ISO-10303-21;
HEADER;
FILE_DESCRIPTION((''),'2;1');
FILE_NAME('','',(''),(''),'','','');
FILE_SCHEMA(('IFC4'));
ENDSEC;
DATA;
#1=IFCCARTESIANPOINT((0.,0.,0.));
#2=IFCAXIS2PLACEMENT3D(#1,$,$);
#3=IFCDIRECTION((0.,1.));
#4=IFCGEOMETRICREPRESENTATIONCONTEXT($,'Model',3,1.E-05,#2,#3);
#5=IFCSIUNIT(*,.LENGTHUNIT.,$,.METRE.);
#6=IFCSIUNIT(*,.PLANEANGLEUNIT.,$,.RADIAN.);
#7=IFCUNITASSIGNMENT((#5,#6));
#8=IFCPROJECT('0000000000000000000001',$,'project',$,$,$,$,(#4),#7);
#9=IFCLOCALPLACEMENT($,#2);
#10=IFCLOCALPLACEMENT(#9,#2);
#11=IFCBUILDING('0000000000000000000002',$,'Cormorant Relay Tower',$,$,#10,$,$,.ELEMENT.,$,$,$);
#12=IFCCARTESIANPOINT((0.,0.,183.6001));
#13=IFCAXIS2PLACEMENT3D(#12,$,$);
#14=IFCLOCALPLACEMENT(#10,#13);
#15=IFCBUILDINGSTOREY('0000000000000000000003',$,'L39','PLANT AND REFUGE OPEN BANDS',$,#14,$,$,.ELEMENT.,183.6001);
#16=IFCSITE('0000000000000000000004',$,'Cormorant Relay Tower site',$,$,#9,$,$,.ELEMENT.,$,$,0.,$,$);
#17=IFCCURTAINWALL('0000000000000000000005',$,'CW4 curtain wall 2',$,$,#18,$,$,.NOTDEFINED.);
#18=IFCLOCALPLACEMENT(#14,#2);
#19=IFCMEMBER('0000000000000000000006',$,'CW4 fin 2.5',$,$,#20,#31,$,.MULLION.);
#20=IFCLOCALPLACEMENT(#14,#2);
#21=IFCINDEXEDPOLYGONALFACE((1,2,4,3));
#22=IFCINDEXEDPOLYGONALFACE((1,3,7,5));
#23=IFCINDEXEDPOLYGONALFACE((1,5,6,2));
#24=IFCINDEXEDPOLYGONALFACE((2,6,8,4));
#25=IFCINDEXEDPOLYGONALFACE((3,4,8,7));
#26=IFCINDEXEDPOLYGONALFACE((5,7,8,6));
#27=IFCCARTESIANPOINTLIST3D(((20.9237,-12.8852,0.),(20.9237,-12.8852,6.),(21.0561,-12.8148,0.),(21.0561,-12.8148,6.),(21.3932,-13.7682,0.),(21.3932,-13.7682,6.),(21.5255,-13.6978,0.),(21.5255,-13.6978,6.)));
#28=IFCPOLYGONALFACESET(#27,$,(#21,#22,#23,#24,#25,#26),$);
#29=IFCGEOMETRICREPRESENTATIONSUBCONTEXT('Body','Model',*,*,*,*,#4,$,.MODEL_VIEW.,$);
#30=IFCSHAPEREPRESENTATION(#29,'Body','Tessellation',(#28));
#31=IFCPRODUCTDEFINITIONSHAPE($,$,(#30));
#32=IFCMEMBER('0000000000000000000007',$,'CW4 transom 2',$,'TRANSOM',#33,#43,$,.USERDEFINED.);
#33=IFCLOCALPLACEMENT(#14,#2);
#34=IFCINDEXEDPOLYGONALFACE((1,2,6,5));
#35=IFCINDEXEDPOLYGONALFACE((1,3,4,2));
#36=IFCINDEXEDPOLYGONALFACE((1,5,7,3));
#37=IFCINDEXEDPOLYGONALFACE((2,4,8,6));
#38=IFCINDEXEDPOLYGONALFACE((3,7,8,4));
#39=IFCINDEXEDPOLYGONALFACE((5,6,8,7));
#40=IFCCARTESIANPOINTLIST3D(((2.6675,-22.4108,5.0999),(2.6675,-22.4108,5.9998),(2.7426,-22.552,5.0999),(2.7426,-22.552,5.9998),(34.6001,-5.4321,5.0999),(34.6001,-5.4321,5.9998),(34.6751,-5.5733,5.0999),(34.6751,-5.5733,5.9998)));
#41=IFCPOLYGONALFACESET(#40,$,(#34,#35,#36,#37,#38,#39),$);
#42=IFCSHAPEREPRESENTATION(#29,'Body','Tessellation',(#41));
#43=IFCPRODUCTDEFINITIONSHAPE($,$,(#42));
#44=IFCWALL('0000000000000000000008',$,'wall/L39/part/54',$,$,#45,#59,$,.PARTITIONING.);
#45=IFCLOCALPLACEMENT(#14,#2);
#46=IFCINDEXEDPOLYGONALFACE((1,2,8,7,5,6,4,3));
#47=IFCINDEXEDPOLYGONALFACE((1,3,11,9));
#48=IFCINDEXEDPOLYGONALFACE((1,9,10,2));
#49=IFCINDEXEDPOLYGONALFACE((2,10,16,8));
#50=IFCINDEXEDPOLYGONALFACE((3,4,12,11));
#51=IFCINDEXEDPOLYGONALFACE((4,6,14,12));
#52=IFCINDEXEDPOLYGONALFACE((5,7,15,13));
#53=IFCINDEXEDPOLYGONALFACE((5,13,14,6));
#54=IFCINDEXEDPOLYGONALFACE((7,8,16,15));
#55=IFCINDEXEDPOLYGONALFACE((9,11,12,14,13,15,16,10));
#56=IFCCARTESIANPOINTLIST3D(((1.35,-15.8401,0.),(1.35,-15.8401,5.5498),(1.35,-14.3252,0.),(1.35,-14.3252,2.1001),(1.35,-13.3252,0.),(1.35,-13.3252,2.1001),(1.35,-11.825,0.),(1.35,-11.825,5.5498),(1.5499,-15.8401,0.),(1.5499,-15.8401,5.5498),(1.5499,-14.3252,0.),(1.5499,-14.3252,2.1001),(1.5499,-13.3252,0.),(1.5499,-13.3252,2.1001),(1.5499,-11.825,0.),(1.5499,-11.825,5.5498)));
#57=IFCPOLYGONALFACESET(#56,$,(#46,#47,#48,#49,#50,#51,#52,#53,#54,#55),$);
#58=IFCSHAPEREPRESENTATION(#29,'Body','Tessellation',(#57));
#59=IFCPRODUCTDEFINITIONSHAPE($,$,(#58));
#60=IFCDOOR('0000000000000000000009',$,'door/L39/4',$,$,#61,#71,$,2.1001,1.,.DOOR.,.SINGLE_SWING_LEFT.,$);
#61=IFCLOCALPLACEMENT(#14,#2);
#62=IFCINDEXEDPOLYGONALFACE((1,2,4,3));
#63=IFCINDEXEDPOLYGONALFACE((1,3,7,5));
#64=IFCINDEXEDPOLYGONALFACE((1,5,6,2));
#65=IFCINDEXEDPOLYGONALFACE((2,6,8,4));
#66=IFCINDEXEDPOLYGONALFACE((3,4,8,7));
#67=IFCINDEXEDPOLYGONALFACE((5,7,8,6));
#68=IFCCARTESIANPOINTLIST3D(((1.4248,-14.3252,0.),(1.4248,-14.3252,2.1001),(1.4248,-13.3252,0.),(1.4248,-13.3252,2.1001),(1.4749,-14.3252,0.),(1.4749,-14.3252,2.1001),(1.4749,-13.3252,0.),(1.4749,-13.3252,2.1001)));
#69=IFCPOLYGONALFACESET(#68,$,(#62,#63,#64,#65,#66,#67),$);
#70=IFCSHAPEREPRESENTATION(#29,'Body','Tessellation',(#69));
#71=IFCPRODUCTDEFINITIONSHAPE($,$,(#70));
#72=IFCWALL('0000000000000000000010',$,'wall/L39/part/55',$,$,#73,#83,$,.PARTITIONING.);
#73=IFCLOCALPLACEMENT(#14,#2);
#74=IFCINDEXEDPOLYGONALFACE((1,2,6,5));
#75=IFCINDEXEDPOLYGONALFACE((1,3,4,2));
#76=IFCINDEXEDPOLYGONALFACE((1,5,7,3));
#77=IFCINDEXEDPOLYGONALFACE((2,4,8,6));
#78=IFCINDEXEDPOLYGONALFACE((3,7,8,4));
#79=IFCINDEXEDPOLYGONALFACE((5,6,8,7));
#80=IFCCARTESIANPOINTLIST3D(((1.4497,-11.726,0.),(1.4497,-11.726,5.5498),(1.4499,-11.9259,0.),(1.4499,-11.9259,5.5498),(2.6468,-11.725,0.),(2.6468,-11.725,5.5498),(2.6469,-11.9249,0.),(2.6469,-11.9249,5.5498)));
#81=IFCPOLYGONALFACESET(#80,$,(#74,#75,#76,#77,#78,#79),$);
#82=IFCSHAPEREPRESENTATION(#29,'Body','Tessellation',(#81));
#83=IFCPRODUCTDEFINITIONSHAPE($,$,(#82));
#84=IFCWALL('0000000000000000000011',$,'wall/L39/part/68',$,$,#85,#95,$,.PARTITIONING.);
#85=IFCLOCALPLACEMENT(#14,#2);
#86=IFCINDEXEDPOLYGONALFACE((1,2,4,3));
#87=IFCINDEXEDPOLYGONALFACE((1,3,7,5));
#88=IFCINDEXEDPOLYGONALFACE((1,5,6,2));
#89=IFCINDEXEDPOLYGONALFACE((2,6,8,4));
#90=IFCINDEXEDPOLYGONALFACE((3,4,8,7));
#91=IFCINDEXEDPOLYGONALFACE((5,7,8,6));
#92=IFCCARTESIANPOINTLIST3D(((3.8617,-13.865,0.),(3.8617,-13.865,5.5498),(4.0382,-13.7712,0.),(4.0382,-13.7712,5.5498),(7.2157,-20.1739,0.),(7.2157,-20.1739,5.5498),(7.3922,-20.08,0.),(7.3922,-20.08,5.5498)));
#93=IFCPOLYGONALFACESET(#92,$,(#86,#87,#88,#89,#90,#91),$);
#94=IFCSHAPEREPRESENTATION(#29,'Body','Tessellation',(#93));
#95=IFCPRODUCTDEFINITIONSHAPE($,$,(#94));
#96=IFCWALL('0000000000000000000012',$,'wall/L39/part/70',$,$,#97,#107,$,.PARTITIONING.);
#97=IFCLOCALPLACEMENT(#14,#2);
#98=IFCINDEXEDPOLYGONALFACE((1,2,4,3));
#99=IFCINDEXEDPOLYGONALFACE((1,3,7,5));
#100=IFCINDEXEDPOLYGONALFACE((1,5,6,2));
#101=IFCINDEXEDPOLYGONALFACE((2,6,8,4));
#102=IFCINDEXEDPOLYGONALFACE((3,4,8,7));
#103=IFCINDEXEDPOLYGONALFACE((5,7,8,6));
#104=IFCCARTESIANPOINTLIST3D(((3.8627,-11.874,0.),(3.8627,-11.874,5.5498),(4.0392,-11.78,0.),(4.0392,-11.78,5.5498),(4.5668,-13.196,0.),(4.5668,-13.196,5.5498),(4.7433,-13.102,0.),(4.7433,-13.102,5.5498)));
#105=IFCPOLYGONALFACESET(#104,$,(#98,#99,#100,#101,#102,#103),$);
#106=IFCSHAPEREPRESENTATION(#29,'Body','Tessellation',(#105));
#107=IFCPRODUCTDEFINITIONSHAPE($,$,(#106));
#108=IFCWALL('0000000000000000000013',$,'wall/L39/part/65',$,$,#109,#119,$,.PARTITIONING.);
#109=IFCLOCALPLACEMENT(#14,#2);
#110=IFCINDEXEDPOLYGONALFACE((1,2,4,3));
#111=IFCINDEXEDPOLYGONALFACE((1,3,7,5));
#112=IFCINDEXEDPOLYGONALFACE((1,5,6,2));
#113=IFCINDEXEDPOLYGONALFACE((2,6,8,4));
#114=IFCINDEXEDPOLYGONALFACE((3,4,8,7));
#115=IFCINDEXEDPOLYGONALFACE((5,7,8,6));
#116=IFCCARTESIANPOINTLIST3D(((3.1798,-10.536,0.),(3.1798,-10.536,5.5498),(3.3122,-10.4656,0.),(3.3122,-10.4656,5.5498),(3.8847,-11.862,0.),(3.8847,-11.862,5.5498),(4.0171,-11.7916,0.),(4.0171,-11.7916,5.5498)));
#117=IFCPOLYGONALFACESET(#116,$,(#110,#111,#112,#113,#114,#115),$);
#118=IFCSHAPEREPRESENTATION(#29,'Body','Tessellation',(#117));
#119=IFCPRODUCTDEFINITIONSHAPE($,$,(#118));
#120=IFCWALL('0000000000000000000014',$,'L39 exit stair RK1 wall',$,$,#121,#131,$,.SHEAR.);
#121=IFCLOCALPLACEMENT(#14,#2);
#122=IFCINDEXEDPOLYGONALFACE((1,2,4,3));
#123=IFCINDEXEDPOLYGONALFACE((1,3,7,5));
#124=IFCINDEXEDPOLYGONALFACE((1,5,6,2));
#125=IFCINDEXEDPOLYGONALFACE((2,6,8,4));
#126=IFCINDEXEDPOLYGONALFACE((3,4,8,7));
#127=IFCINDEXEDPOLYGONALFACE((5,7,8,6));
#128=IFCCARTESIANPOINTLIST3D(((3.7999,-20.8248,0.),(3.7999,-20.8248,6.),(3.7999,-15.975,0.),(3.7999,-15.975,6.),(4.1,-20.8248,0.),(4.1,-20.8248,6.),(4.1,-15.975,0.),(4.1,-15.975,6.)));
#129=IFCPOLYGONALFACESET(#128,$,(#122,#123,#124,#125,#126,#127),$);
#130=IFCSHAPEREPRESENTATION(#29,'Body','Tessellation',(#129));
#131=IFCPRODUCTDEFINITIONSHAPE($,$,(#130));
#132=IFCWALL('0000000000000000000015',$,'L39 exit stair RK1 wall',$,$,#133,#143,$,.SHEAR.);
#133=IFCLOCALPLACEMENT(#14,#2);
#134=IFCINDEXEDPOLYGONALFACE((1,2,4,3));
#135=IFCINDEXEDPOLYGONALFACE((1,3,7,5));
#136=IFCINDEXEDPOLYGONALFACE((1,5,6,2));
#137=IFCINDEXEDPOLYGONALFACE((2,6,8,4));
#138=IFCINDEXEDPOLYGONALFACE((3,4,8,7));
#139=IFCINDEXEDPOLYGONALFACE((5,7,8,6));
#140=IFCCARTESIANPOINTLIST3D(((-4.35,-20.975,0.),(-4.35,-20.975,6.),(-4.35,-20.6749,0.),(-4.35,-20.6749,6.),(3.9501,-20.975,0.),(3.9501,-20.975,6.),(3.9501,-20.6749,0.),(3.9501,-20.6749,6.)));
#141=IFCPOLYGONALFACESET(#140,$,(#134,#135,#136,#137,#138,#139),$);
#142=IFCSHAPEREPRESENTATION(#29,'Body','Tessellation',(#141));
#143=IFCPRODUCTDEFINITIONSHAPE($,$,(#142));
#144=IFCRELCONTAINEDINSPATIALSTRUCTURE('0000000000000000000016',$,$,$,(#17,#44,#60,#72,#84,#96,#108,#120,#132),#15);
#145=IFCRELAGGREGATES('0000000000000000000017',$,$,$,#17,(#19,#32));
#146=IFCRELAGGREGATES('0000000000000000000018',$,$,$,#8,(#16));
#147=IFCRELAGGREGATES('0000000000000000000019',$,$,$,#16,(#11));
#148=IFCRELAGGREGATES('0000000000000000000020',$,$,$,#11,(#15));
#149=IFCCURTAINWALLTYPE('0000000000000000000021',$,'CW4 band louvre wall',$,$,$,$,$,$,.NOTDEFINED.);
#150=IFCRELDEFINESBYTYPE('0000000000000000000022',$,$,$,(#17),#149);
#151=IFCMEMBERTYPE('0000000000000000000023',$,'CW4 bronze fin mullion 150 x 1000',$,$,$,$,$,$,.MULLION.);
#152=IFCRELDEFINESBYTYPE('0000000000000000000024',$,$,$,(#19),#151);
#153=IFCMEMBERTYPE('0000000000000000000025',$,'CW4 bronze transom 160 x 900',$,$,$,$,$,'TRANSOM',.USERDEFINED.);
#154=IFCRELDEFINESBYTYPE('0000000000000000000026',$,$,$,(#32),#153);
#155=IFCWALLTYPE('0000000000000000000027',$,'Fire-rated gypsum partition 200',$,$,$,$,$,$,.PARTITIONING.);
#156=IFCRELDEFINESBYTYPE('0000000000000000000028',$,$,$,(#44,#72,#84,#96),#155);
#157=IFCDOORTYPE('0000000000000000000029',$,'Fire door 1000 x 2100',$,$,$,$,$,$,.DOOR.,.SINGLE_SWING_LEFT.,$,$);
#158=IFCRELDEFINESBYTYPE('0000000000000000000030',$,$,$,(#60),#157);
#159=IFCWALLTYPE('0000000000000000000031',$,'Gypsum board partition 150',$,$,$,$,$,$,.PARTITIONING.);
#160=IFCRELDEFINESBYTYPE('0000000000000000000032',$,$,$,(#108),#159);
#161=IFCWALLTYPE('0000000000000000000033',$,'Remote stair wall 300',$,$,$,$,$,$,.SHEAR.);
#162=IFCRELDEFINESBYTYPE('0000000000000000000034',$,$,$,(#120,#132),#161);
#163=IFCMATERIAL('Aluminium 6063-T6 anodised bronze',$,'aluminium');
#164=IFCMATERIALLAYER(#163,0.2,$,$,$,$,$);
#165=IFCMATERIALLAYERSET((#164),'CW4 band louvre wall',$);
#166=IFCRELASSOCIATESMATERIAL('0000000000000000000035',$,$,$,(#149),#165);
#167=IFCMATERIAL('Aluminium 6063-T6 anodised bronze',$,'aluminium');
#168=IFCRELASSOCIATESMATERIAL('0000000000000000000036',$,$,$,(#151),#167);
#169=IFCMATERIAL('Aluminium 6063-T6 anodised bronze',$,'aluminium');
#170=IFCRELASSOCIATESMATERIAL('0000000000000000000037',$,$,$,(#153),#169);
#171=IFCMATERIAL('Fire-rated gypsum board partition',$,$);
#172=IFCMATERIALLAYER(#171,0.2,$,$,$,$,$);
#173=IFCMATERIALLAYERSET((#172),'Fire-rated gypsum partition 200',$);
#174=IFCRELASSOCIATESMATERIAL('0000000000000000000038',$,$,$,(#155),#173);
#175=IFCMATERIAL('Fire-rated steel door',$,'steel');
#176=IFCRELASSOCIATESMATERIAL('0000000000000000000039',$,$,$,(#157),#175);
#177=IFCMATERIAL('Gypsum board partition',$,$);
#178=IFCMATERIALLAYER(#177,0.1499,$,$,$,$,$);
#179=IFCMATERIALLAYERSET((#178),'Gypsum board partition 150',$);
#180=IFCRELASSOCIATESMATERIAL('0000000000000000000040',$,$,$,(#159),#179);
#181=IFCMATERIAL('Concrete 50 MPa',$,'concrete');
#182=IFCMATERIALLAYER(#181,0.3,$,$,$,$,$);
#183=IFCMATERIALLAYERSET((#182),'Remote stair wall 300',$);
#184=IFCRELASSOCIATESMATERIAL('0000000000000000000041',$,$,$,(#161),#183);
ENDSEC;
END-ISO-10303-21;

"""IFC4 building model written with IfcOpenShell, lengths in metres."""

from ifc_helpers import new_model, si_unit, direction, frame, frame_2d, origin, origin_2d, place, context, subcontext, project, spatial, rectangle, extrude, material, layer, layer_set, material_profile, profile_set, type_object, element, fill, aggregate, save


model = new_model("IFC4")

# Units and contexts
model_context = context("Model", 3, precision=1e-05, world=origin(), true_north=direction((0.0, 1.0)))
body_context = subcontext(model_context, "Body", "Model", "MODEL_VIEW")
ifc_project = project(units=[si_unit("LENGTHUNIT", "METRE"), si_unit("PLANEANGLEUNIT", "RADIAN")], contexts=[model_context])

# Site, building, storey
site_placement = place(None, origin())
site = spatial("IfcSite", under=ifc_project, at=site_placement, Name="Cormorant Relay Tower site", CompositionType="ELEMENT", RefElevation=0.0)
building_placement = place(site_placement, origin())
building = spatial("IfcBuilding", under=site, at=building_placement, Name="Cormorant Relay Tower", CompositionType="ELEMENT")
storey_placement = place(building_placement, frame((0.0, 0.0, 183.6001)))
storey = spatial("IfcBuildingStorey", under=building, at=storey_placement, Name="L39", Description="PLANT AND REFUGE OPEN BANDS", CompositionType="ELEMENT", Elevation=183.6001)

# Curtain wall, members
ifc_material_1 = material(Name="Aluminium 6063-T6 anodised bronze", Category="aluminium")
ifc_layer_1 = layer(ifc_material_1, 0.2)
ifc_layer_set_1 = layer_set([ifc_layer_1], Name="CW4 band louvre wall")
curtain_wall_type = type_object("IfcCurtainWallType", Name="CW4 band louvre wall", PredefinedType="NOTDEFINED", material=ifc_layer_set_1)
curtain_wall_1_placement = place(storey_placement, origin())
curtain_wall_1 = element("IfcCurtainWall", 1, at=curtain_wall_1_placement, inside=storey, type_object=curtain_wall_type, Name="CW4 curtain wall 2", PredefinedType="NOTDEFINED")
ifc_material_2 = material(Name="Aluminium 6063-T6 anodised bronze", Category="aluminium")
ifc_material_profile_1 = material_profile(ifc_material_2, rectangle(XDim=0.1499, YDim=1.0, at=origin_2d()), Name="AL 150x1000")
ifc_profile_set_1 = profile_set([ifc_material_profile_1], Name="Aluminium 6063-T6 anodised bronze")
member_type_1 = type_object("IfcMemberType", Name="CW4 bronze fin mullion 150 x 1000", PredefinedType="MULLION", material=ifc_profile_set_1)
member_1_placement = place(storey_placement, frame((21.2246, -13.2915, 0.0), z_axis=(0.0, 0.0, 1.0), x_axis=(0.882948, 0.469472, 0.0)))
member_1 = element("IfcMember", 2, at=member_1_placement, type_object=member_type_1, Name="CW4 fin 2.5", PredefinedType="MULLION", context=body_context, shape_type="SweptSolid", body=[
    extrude(rectangle(XDim=0.1499, YDim=1.0, at=origin_2d()), origin(), (0.0, 0.0, 1.0), 6.0),
])
ifc_material_3 = material(Name="Aluminium 6063-T6 anodised bronze", Category="aluminium")
ifc_material_profile_2 = material_profile(ifc_material_3, rectangle(XDim=0.1599, YDim=0.8999, at=origin_2d()), Name="AL 160x900")
ifc_profile_set_2 = profile_set([ifc_material_profile_2], Name="Aluminium 6063-T6 anodised bronze")
member_type_2 = type_object("IfcMemberType", Name="CW4 bronze transom 160 x 900", ElementType="TRANSOM", PredefinedType="USERDEFINED", material=ifc_profile_set_2)
member_2_placement = place(storey_placement, frame((2.7051, -22.4814, 5.5498), z_axis=(0.882949, 0.469469, 0.0), x_axis=(-0.469469, 0.882949, 0.0)))
member_2 = element("IfcMember", 3, at=member_2_placement, type_object=member_type_2, Name="CW4 transom 2", ObjectType="TRANSOM", PredefinedType="USERDEFINED", context=body_context, shape_type="SweptSolid", body=[
    extrude(rectangle(XDim=0.1599, YDim=0.8999, at=origin_2d()), origin(), (0.0, 0.0, 1.0), 36.1658),
])

# Wall, opening, door
ifc_material_4 = material(Name="Fire-rated gypsum board partition")
ifc_layer_2 = layer(ifc_material_4, 0.2)
ifc_layer_set_2 = layer_set([ifc_layer_2], Name="Fire-rated gypsum partition 200")
wall_type_1 = type_object("IfcWallType", Name="Fire-rated gypsum partition 200", PredefinedType="PARTITIONING", material=ifc_layer_set_2)
wall_1_placement = place(storey_placement, frame((1.45, -15.8401, 0.0), z_axis=(0.0, 0.0, 1.0), x_axis=(0.0, 1.0, 0.0)))
wall_1 = element("IfcWall", 4, at=wall_1_placement, inside=storey, type_object=wall_type_1, Name="wall/L39/part/54", PredefinedType="PARTITIONING", context=body_context, shape_type="SweptSolid", body=[
    extrude(rectangle(XDim=4.0151, YDim=0.2, at=frame_2d((2.0076, 0.0))), origin(), (0.0, 0.0, 1.0), 5.5498),
])
opening_placement = place(wall_1_placement, frame((1.5149, 0.0, 0.0)))
opening = element("IfcOpeningElement", 5, at=opening_placement, cuts=wall_1, PredefinedType="OPENING", context=body_context, shape_type="SweptSolid", body=[
    extrude(rectangle(XDim=1.0, YDim=2.1001, at=frame_2d((0.5, 1.05))), frame((0.0, 0.1099, 0.0), z_axis=(0.0, -1.0, 0.0), x_axis=(1.0, 0.0, 0.0)), (0.0, 0.0, 1.0), 0.22),
])
ifc_material_5 = material(Name="Fire-rated steel door", Category="steel")
door_type = type_object("IfcDoorType", Name="Fire door 1000 x 2100", OperationType="SINGLE_SWING_LEFT", PredefinedType="DOOR", material=ifc_material_5)
door_placement = place(opening_placement, frame((1.0, 0.0, 0.0), z_axis=(0.0, 0.0, 1.0), x_axis=(-1.0, 0.0, 0.0)))
door = element("IfcDoor", 6, at=door_placement, inside=storey, type_object=door_type, Name="door/L39/4", OperationType="SINGLE_SWING_LEFT", OverallHeight=2.1001, OverallWidth=1.0, PredefinedType="DOOR", context=body_context, shape_type="SweptSolid", body=[
    extrude(rectangle(XDim=1.0, YDim=2.1001, at=frame_2d((0.5, 1.05))), frame((0.0, 0.0249, 0.0), z_axis=(0.0, -1.0, 0.0), x_axis=(1.0, 0.0, 0.0)), (0.0, 0.0, 1.0), 0.05),
])
fill(opening, door)

# Walls
wall_2_placement = place(storey_placement, frame((2.647, -11.825, 0.0), z_axis=(0.0, 0.0, 1.0), x_axis=(-1.0, -0.000816, 0.0)))
element("IfcWall", 7, at=wall_2_placement, inside=storey, type_object=wall_type_1, Name="wall/L39/part/55", PredefinedType="PARTITIONING", context=body_context, shape_type="SweptSolid", body=[
    extrude(rectangle(XDim=1.197, YDim=0.2, at=frame_2d((0.5986, 0.0))), origin(), (0.0, 0.0, 1.0), 5.5498),
])
wall_3_placement = place(storey_placement, frame((7.304, -20.127, 0.0), z_axis=(0.0, 0.0, 1.0), x_axis=(-0.469421, 0.882975, 0.0)))
element("IfcWall", 8, at=wall_3_placement, inside=storey, type_object=wall_type_1, Name="wall/L39/part/68", PredefinedType="PARTITIONING", context=body_context, shape_type="SweptSolid", body=[
    extrude(rectangle(XDim=7.145, YDim=0.2, at=frame_2d((3.5725, 0.0))), origin(), (0.0, 0.0, 1.0), 5.5498),
])
wall_4_placement = place(storey_placement, frame((3.9509, -11.8269, 0.0), z_axis=(0.0, 0.0, 1.0), x_axis=(0.470081, -0.882624, 0.0)))
element("IfcWall", 9, at=wall_4_placement, inside=storey, type_object=wall_type_1, Name="wall/L39/part/70", PredefinedType="PARTITIONING", context=body_context, shape_type="SweptSolid", body=[
    extrude(rectangle(XDim=1.4978, YDim=0.2, at=frame_2d((0.749, 0.0))), origin(), (0.0, 0.0, 1.0), 5.5498),
])
ifc_material_6 = material(Name="Gypsum board partition")
ifc_layer_3 = layer(ifc_material_6, 0.1499)
ifc_layer_set_3 = layer_set([ifc_layer_3], Name="Gypsum board partition 150")
wall_type_2 = type_object("IfcWallType", Name="Gypsum board partition 150", PredefinedType="PARTITIONING", material=ifc_layer_set_3)
wall_5_placement = place(storey_placement, frame((3.9509, -11.8269, 0.0), z_axis=(0.0, 0.0, 1.0), x_axis=(-0.469381, 0.882996, 0.0)))
element("IfcWall", 10, at=wall_5_placement, inside=storey, type_object=wall_type_2, Name="wall/L39/part/65", PredefinedType="PARTITIONING", context=body_context, shape_type="SweptSolid", body=[
    extrude(rectangle(XDim=1.5017, YDim=0.1499, at=frame_2d((0.751, 0.0))), origin(), (0.0, 0.0, 1.0), 5.5498),
])
ifc_material_7 = material(Name="Concrete 50 MPa", Category="concrete")
ifc_layer_4 = layer(ifc_material_7, 0.3)
ifc_layer_set_4 = layer_set([ifc_layer_4], Name="Remote stair wall 300")
wall_type_3 = type_object("IfcWallType", Name="Remote stair wall 300", PredefinedType="SHEAR", material=ifc_layer_set_4)
wall_6_placement = place(storey_placement, frame((3.95, -15.9751, 0.0), z_axis=(0.0, 0.0, 1.0), x_axis=(0.0, -1.0, 0.0)))
element("IfcWall", 11, at=wall_6_placement, inside=storey, type_object=wall_type_3, Name="L39 exit stair RK1 wall", PredefinedType="SHEAR", context=body_context, shape_type="SweptSolid", body=[
    extrude(rectangle(XDim=4.8499, YDim=0.3, at=frame_2d((2.4248, 0.0))), origin(), (0.0, 0.0, 1.0), 6.0),
])
wall_7_placement = place(storey_placement, frame((3.95, -20.825, 0.0), z_axis=(0.0, 0.0, 1.0), x_axis=(-1.0, 0.0, 0.0)))
element("IfcWall", 12, at=wall_7_placement, inside=storey, type_object=wall_type_3, Name="L39 exit stair RK1 wall", PredefinedType="SHEAR", context=body_context, shape_type="SweptSolid", body=[
    extrude(rectangle(XDim=8.3, YDim=0.3, at=frame_2d((4.1499, 0.0))), origin(), (0.0, 0.0, 1.0), 6.0),
])

aggregate(curtain_wall_1, [member_1, member_2])

save(model, "model.ifc")
